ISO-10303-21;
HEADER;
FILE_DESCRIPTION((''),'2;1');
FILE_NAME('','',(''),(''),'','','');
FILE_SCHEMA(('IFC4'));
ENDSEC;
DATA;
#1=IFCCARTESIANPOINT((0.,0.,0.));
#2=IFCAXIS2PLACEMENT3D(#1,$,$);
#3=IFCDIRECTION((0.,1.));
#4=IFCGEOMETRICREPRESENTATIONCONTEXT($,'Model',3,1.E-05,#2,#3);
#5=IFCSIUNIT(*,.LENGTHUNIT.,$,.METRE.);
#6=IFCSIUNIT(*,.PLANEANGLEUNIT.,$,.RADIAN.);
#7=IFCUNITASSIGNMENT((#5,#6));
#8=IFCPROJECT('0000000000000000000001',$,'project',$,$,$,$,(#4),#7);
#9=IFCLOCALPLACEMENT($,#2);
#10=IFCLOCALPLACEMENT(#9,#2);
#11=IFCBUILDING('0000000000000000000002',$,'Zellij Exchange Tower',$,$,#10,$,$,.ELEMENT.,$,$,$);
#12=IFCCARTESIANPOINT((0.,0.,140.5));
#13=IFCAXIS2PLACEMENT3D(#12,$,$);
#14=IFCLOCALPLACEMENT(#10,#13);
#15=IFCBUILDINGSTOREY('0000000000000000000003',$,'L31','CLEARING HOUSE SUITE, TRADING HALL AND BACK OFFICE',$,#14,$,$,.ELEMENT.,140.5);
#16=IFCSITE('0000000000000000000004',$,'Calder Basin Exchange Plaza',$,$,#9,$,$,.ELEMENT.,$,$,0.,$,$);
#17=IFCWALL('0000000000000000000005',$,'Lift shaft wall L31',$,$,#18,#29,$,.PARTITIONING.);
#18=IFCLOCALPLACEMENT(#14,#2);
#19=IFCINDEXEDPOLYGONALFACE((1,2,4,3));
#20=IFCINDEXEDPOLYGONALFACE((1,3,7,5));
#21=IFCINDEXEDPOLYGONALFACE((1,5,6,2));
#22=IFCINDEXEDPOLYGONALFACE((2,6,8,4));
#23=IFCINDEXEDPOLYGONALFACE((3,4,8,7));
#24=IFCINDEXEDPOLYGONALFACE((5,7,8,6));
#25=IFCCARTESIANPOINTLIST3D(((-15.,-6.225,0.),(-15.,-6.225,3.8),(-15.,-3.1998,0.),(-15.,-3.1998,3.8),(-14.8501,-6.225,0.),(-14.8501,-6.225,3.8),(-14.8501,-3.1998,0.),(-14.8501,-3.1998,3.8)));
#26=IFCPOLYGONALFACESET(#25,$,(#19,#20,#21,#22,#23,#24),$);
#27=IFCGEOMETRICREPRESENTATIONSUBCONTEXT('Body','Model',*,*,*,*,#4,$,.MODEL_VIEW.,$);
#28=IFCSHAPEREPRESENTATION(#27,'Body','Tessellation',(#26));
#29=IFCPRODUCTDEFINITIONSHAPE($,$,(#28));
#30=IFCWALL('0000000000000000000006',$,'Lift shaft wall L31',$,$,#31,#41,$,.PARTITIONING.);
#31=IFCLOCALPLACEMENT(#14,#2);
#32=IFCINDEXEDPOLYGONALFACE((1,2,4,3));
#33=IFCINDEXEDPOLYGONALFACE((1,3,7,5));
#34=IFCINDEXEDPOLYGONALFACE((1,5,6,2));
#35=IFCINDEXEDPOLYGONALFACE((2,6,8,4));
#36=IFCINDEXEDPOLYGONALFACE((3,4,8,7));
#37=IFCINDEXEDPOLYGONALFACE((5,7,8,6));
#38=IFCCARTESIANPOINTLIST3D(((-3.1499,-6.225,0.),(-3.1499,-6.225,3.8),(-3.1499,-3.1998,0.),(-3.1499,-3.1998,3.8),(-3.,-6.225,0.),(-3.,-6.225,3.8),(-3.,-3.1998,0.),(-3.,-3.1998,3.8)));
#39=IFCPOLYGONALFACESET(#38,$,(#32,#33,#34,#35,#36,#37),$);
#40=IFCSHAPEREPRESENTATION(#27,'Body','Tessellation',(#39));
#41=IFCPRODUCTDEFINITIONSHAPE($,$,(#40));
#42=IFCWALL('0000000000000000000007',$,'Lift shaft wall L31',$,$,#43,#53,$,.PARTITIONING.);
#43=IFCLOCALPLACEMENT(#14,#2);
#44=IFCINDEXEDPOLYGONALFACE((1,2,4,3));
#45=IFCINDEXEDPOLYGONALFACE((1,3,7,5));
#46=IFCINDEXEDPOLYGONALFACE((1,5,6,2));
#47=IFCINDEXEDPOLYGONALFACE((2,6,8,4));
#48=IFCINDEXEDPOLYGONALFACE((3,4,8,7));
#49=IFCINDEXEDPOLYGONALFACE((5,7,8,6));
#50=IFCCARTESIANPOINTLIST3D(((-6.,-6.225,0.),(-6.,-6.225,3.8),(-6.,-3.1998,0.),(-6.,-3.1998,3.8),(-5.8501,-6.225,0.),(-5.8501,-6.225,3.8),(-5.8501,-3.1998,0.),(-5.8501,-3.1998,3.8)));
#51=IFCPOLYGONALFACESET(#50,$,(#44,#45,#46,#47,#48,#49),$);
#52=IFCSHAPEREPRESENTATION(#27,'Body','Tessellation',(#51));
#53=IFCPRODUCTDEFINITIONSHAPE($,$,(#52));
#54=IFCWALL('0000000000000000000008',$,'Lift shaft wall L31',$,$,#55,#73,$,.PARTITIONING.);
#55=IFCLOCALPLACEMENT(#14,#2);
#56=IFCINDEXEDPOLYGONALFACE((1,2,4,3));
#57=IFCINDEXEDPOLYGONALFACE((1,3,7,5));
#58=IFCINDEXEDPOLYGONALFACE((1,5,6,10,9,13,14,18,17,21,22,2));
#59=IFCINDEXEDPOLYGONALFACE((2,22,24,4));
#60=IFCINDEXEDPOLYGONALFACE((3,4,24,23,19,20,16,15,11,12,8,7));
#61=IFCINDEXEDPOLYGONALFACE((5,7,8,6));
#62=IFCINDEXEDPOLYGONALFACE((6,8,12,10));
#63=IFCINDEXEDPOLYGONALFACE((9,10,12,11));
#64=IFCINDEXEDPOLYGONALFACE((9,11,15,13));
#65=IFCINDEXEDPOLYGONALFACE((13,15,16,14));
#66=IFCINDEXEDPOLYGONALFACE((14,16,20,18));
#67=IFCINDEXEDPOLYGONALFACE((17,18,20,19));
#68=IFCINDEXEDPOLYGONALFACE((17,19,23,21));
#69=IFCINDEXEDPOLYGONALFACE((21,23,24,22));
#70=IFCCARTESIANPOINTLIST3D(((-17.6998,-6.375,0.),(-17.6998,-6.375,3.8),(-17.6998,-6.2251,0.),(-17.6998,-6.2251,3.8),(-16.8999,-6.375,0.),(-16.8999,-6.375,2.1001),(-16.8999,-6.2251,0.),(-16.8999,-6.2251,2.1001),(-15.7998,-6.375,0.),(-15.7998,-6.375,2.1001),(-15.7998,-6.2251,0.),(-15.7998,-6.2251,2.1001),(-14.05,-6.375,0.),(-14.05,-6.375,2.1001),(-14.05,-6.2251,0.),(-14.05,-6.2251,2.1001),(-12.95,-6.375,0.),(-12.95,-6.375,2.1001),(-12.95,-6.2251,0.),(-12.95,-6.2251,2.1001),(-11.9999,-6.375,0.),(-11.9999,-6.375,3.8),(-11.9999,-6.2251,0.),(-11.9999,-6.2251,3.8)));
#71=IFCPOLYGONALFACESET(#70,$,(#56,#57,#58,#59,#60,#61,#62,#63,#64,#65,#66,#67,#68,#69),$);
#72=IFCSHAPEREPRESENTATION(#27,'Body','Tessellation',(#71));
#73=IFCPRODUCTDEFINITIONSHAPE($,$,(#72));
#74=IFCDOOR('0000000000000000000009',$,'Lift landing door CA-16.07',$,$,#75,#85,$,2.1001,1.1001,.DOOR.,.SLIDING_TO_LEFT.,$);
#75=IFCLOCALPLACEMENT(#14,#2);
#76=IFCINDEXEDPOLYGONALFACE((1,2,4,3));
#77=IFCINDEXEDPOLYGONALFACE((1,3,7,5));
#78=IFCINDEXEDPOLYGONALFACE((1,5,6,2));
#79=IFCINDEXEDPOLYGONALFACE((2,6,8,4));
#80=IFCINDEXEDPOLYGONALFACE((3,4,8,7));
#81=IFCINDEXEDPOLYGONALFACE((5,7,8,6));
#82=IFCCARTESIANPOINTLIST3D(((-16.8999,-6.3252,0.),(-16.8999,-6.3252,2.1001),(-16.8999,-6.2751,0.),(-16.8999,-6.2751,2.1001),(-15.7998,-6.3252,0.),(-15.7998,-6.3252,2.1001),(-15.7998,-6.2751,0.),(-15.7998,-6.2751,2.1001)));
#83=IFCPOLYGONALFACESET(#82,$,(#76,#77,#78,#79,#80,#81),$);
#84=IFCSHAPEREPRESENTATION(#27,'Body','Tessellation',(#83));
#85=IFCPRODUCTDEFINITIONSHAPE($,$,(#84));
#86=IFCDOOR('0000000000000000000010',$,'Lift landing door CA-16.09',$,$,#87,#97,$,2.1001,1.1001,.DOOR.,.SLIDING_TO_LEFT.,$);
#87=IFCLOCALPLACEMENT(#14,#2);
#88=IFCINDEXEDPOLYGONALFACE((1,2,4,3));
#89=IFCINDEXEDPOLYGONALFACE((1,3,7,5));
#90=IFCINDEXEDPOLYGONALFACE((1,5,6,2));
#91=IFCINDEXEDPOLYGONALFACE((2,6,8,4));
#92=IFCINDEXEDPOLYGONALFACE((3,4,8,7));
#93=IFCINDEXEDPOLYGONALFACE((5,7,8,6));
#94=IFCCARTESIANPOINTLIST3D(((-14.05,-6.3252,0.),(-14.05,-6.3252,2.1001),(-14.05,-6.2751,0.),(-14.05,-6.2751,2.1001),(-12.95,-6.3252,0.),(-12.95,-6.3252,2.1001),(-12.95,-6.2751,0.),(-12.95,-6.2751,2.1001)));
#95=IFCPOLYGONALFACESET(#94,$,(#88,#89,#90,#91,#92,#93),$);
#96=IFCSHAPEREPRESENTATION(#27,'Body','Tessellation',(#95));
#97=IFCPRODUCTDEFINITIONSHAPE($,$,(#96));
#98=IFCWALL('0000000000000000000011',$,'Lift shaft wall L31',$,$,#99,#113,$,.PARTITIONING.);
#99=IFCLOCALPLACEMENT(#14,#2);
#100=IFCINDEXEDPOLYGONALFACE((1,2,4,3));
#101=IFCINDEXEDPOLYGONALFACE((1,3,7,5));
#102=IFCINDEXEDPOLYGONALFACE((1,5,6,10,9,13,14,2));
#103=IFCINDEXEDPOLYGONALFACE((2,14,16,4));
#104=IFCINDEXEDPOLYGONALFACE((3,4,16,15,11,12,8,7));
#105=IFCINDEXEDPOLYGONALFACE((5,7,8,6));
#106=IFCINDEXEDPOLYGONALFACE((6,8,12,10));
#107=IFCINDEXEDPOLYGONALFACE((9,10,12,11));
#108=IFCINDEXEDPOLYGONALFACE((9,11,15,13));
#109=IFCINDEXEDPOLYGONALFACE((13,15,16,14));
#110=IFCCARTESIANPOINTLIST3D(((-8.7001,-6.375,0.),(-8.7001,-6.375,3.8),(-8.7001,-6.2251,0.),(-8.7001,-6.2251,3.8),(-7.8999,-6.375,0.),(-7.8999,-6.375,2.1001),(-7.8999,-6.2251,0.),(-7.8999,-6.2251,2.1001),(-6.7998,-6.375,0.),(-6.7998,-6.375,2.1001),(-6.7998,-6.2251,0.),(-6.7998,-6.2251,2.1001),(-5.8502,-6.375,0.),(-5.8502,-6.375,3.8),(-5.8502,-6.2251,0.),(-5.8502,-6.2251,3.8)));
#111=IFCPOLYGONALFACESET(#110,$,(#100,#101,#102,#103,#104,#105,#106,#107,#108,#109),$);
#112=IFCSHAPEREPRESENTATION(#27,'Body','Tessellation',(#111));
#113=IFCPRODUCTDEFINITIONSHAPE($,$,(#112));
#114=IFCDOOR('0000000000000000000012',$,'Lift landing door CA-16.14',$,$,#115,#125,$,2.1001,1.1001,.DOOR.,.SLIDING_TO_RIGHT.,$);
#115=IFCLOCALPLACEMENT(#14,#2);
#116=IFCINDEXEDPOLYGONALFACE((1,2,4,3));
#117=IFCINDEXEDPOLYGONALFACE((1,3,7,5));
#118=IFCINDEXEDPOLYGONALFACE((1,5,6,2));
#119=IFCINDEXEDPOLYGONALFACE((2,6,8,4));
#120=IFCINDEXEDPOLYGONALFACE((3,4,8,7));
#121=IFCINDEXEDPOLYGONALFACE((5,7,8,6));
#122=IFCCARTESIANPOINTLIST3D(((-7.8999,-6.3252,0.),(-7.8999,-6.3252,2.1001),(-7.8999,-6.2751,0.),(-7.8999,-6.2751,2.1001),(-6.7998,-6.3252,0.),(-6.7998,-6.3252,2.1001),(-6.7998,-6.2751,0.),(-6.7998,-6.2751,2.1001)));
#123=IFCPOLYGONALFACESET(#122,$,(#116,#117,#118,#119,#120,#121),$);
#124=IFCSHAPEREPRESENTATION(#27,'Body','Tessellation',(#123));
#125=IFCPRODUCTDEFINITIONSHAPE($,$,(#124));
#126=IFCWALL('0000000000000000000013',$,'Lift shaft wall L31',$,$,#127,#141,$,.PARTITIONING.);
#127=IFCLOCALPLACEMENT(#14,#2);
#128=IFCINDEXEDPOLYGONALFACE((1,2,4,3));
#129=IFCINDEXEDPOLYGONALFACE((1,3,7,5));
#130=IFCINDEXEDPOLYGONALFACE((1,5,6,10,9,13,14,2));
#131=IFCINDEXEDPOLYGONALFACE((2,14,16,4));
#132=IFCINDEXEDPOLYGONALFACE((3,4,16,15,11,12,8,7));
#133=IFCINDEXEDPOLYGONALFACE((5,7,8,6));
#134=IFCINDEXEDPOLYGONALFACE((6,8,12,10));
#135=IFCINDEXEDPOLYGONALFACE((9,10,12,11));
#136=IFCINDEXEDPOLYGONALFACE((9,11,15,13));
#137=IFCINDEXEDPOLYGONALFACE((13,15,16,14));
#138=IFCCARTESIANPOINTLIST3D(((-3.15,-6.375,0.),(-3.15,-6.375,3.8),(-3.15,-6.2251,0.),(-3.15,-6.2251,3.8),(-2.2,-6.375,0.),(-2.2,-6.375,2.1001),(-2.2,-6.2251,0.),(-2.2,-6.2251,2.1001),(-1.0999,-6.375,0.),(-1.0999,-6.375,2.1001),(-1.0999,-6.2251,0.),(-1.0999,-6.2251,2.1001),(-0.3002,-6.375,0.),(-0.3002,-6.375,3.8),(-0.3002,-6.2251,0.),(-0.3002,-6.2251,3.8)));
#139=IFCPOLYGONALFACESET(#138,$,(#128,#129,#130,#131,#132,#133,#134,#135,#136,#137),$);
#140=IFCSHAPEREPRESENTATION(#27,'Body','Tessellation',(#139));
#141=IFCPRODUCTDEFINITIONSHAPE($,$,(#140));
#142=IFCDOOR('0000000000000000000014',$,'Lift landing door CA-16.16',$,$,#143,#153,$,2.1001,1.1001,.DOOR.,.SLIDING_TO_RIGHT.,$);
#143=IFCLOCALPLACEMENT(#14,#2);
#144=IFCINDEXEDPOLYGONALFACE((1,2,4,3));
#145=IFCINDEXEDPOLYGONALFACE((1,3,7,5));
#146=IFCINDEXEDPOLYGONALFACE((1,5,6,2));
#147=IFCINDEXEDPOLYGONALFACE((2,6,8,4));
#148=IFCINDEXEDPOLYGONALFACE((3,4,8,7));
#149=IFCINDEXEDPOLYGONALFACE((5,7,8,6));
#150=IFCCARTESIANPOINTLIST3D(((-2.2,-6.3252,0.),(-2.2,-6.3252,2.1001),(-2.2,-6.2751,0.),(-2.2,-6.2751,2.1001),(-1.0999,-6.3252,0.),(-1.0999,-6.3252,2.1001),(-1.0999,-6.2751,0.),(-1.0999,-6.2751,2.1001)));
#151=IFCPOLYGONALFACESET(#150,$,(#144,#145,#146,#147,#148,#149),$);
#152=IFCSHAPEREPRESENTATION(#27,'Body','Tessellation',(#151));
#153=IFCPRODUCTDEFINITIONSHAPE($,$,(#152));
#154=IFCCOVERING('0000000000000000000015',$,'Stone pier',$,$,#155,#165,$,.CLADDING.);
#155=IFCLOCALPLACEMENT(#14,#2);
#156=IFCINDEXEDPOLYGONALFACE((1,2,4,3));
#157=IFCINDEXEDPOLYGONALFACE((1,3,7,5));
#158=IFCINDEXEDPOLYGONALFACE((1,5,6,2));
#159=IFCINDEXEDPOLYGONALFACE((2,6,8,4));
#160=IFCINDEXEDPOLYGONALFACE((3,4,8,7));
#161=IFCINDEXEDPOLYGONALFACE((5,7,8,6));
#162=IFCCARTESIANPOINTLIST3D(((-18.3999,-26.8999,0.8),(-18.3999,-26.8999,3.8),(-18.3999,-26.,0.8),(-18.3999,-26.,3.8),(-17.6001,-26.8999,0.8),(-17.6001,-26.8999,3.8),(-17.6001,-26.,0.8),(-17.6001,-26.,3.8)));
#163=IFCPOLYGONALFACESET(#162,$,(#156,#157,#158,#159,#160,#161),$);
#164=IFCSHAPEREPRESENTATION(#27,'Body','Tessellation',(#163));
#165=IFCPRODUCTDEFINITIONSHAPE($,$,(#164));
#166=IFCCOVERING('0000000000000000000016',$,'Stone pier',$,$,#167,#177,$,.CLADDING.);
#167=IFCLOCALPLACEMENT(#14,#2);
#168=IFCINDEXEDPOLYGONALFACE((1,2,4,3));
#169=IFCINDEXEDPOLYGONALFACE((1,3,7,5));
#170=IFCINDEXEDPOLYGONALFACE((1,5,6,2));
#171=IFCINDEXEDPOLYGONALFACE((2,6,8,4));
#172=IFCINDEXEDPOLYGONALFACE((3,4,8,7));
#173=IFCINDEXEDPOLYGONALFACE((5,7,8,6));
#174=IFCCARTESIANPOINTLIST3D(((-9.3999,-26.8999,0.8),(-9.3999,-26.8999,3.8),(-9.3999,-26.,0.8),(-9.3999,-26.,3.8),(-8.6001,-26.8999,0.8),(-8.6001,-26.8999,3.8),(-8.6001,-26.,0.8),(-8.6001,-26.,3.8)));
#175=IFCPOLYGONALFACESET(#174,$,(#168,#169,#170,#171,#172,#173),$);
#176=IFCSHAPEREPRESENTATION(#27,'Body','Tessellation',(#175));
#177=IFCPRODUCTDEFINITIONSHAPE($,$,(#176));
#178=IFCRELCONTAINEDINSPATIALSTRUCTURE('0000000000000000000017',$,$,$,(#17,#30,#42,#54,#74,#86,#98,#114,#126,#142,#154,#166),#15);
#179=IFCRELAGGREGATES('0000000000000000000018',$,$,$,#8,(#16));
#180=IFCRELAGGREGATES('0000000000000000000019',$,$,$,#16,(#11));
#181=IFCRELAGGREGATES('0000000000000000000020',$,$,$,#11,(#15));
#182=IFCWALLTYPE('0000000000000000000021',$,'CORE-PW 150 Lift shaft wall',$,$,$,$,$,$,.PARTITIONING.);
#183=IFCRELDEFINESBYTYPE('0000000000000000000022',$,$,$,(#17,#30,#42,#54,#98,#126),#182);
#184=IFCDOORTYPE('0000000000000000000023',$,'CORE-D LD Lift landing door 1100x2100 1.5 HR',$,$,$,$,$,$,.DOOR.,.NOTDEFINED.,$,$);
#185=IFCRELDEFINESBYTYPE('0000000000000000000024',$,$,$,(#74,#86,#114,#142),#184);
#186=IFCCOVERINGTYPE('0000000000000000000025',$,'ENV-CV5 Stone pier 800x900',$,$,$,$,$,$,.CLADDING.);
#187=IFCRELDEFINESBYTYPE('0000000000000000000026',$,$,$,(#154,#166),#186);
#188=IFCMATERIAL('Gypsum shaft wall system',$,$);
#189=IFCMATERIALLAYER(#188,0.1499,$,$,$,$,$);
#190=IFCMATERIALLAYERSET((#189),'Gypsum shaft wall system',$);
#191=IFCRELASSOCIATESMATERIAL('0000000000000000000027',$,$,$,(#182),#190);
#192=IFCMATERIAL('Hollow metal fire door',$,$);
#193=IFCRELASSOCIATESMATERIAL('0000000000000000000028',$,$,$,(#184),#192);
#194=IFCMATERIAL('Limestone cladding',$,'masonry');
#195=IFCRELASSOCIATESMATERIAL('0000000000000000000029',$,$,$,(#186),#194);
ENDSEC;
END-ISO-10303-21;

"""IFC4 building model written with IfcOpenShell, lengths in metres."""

from ifc_helpers import new_model, si_unit, direction, frame, frame_2d, origin, place, context, subcontext, project, spatial, polyline, rectangle, outline, extrude, material, layer, layer_set, type_object, element, fill, save


model = new_model("IFC4")

# Units and contexts
model_context = context("Model", 3, precision=1e-05, world=origin(), true_north=direction((0.0, 1.0)))
body_context = subcontext(model_context, "Body", "Model", "MODEL_VIEW")
ifc_project = project(units=[si_unit("LENGTHUNIT", "METRE"), si_unit("PLANEANGLEUNIT", "RADIAN")], contexts=[model_context])

# Site, building, storey
site_placement = place(None, origin())
site = spatial("IfcSite", under=ifc_project, at=site_placement, Name="Calder Basin Exchange Plaza", CompositionType="ELEMENT", RefElevation=0.0)
building_placement = place(site_placement, origin())
building = spatial("IfcBuilding", under=site, at=building_placement, Name="Zellij Exchange Tower", CompositionType="ELEMENT")
storey_placement = place(building_placement, frame((0.0, 0.0, 140.5)))
storey = spatial("IfcBuildingStorey", under=building, at=storey_placement, Name="L31", Description="CLEARING HOUSE SUITE, TRADING HALL AND BACK OFFICE", CompositionType="ELEMENT", Elevation=140.5)

# Walls
ifc_material_1 = material(Name="Gypsum shaft wall system")
ifc_layer_1 = layer(ifc_material_1, 0.1499)
ifc_layer_set_1 = layer_set([ifc_layer_1], Name="Gypsum shaft wall system")
wall_type_1 = type_object("IfcWallType", Name="CORE-PW 150 Lift shaft wall", PredefinedType="PARTITIONING", material=ifc_layer_set_1)
for number, where, z_axis, x_axis, name in (
    (1, (-14.925, -6.2251, 0.0), (0.0, 0.0, 1.0), (0.0, 1.0, 0.0), "Lift shaft wall L31"),
    (2, (-3.075, -6.2251, 0.0), (0.0, 0.0, 1.0), (0.0, 1.0, 0.0), "Lift shaft wall L31"),
    (3, (-5.925, -6.2251, 0.0), (0.0, 0.0, 1.0), (0.0, 1.0, 0.0), "Lift shaft wall L31"),
):
    element("IfcWall", number, at=place(storey_placement, frame(where, z_axis=z_axis, x_axis=x_axis)), inside=storey, type_object=wall_type_1, Name=name, PredefinedType="PARTITIONING", context=body_context, shape_type="SweptSolid", body=[
        extrude(rectangle(XDim=3.0251, YDim=0.1499, at=frame_2d((1.5127, 0.0))), origin(), (0.0, 0.0, 1.0), 3.8),
    ])

# Wall, openings, doors
wall_1_placement = place(storey_placement, frame((-17.7, -6.3, 0.0), z_axis=(0.0, 0.0, 1.0), x_axis=(1.0, 0.0, 0.0)))
wall_1 = element("IfcWall", 4, at=wall_1_placement, inside=storey, type_object=wall_type_1, Name="Lift shaft wall L31", PredefinedType="PARTITIONING", context=body_context, shape_type="SweptSolid", body=[
    extrude(rectangle(XDim=5.7, YDim=0.1499, at=frame_2d((2.8501, 0.0))), origin(), (0.0, 0.0, 1.0), 3.8),
])
opening_1_placement = place(wall_1_placement, frame((0.8, 0.0, 0.0)))
opening_1 = element("IfcOpeningElement", 5, at=opening_1_placement, cuts=wall_1, PredefinedType="OPENING", context=body_context, shape_type="SweptSolid", body=[
    extrude(rectangle(XDim=1.1001, YDim=2.1001, at=frame_2d((0.55, 1.05))), frame((0.0, 0.0869, 0.0), z_axis=(0.0, -1.0, 0.0), x_axis=(1.0, 0.0, 0.0)), (0.0, 0.0, 1.0), 0.1738),
])
opening_2_placement = place(wall_1_placement, frame((3.6499, 0.0, 0.0)))
opening_2 = element("IfcOpeningElement", 6, at=opening_2_placement, cuts=wall_1, PredefinedType="OPENING", context=body_context, shape_type="SweptSolid", body=[
    extrude(rectangle(XDim=1.1001, YDim=2.1001, at=frame_2d((0.55, 1.05))), frame((0.0, 0.0869, 0.0), z_axis=(0.0, -1.0, 0.0), x_axis=(1.0, 0.0, 0.0)), (0.0, 0.0, 1.0), 0.1738),
])
ifc_material_2 = material(Name="Hollow metal fire door")
door_type = type_object("IfcDoorType", Name="CORE-D LD Lift landing door 1100x2100 1.5 HR", OperationType="NOTDEFINED", PredefinedType="DOOR", material=ifc_material_2)
door_1_placement = place(opening_1_placement, origin())
door_1 = element("IfcDoor", 7, at=door_1_placement, inside=storey, type_object=door_type, Name="Lift landing door CA-16.07", OperationType="SLIDING_TO_LEFT", OverallHeight=2.1001, OverallWidth=1.1001, PredefinedType="DOOR", context=body_context, shape_type="SweptSolid", body=[
    extrude(rectangle(XDim=1.1001, YDim=2.1001, at=frame_2d((0.55, 1.05))), frame((0.0, 0.0249, 0.0), z_axis=(0.0, -1.0, 0.0), x_axis=(1.0, 0.0, 0.0)), (0.0, 0.0, 1.0), 0.05),
])
fill(opening_1, door_1)
door_2_placement = place(opening_2_placement, origin())
door_2 = element("IfcDoor", 8, at=door_2_placement, inside=storey, type_object=door_type, Name="Lift landing door CA-16.09", OperationType="SLIDING_TO_LEFT", OverallHeight=2.1001, OverallWidth=1.1001, PredefinedType="DOOR", context=body_context, shape_type="SweptSolid", body=[
    extrude(rectangle(XDim=1.1001, YDim=2.1001, at=frame_2d((0.55, 1.05))), frame((0.0, 0.0249, 0.0), z_axis=(0.0, -1.0, 0.0), x_axis=(1.0, 0.0, 0.0)), (0.0, 0.0, 1.0), 0.05),
])
fill(opening_2, door_2)

# Walls, openings, doors
wall_2_placement = place(storey_placement, frame((-8.7, -6.3, 0.0), z_axis=(0.0, 0.0, 1.0), x_axis=(1.0, 0.0, 0.0)))
wall_2 = element("IfcWall", 9, at=wall_2_placement, inside=storey, type_object=wall_type_1, Name="Lift shaft wall L31", PredefinedType="PARTITIONING", context=body_context, shape_type="SweptSolid", body=[
    extrude(rectangle(XDim=2.8499, YDim=0.1499, at=frame_2d((1.4248, 0.0))), origin(), (0.0, 0.0, 1.0), 3.8),
])
opening_3_placement = place(wall_2_placement, frame((0.8, 0.0, 0.0)))
opening_3 = element("IfcOpeningElement", 10, at=opening_3_placement, cuts=wall_2, PredefinedType="OPENING", context=body_context, shape_type="SweptSolid", body=[
    extrude(rectangle(XDim=1.1001, YDim=2.1001, at=frame_2d((0.55, 1.05))), frame((0.0, 0.0869, 0.0), z_axis=(0.0, -1.0, 0.0), x_axis=(1.0, 0.0, 0.0)), (0.0, 0.0, 1.0), 0.1738),
])
door_3_placement = place(opening_3_placement, origin())
door_3 = element("IfcDoor", 11, at=door_3_placement, inside=storey, type_object=door_type, Name="Lift landing door CA-16.14", OperationType="SLIDING_TO_RIGHT", OverallHeight=2.1001, OverallWidth=1.1001, PredefinedType="DOOR", context=body_context, shape_type="SweptSolid", body=[
    extrude(rectangle(XDim=1.1001, YDim=2.1001, at=frame_2d((0.55, 1.05))), frame((0.0, 0.0249, 0.0), z_axis=(0.0, -1.0, 0.0), x_axis=(1.0, 0.0, 0.0)), (0.0, 0.0, 1.0), 0.05),
])
fill(opening_3, door_3)
wall_3_placement = place(storey_placement, frame((-3.1499, -6.3, 0.0), z_axis=(0.0, 0.0, 1.0), x_axis=(1.0, 0.0, 0.0)))
wall_3 = element("IfcWall", 12, at=wall_3_placement, inside=storey, type_object=wall_type_1, Name="Lift shaft wall L31", PredefinedType="PARTITIONING", context=body_context, shape_type="SweptSolid", body=[
    extrude(rectangle(XDim=2.8499, YDim=0.1499, at=frame_2d((1.4248, 0.0))), origin(), (0.0, 0.0, 1.0), 3.8),
])
opening_4_placement = place(wall_3_placement, frame((0.95, 0.0, 0.0)))
opening_4 = element("IfcOpeningElement", 13, at=opening_4_placement, cuts=wall_3, PredefinedType="OPENING", context=body_context, shape_type="SweptSolid", body=[
    extrude(rectangle(XDim=1.1001, YDim=2.1001, at=frame_2d((0.55, 1.05))), frame((0.0, 0.0869, 0.0), z_axis=(0.0, -1.0, 0.0), x_axis=(1.0, 0.0, 0.0)), (0.0, 0.0, 1.0), 0.1738),
])
door_4_placement = place(opening_4_placement, origin())
door_4 = element("IfcDoor", 14, at=door_4_placement, inside=storey, type_object=door_type, Name="Lift landing door CA-16.16", OperationType="SLIDING_TO_RIGHT", OverallHeight=2.1001, OverallWidth=1.1001, PredefinedType="DOOR", context=body_context, shape_type="SweptSolid", body=[
    extrude(rectangle(XDim=1.1001, YDim=2.1001, at=frame_2d((0.55, 1.05))), frame((0.0, 0.0249, 0.0), z_axis=(0.0, -1.0, 0.0), x_axis=(1.0, 0.0, 0.0)), (0.0, 0.0, 1.0), 0.05),
])
fill(opening_4, door_4)

# Coverings
ifc_material_3 = material(Name="Limestone cladding", Category="masonry")
covering_type_1 = type_object("IfcCoveringType", Name="ENV-CV5 Stone pier 800x900", PredefinedType="CLADDING", material=ifc_material_3)
covering_1_placement = place(storey_placement, frame((0.0, 0.0, 0.8)))
element("IfcCovering", 15, at=covering_1_placement, inside=storey, type_object=covering_type_1, Name="Stone pier", PredefinedType="CLADDING", context=body_context, shape_type="SweptSolid", body=[
    extrude(outline(polyline([(-18.3999, -26.0), (-17.6001, -26.0), (-17.6001, -26.8999), (-18.3999, -26.8999), (-18.3999, -26.0)])), origin(), (0.0, 0.0, 1.0), 3.0),
])
covering_2_placement = place(storey_placement, frame((0.0, 0.0, 0.8)))
element("IfcCovering", 16, at=covering_2_placement, inside=storey, type_object=covering_type_1, Name="Stone pier", PredefinedType="CLADDING", context=body_context, shape_type="SweptSolid", body=[
    extrude(outline(polyline([(-9.3999, -26.0), (-8.6001, -26.0), (-8.6001, -26.8999), (-9.3999, -26.8999), (-9.3999, -26.0)])), origin(), (0.0, 0.0, 1.0), 3.0),
])

save(model, "model.ifc")
